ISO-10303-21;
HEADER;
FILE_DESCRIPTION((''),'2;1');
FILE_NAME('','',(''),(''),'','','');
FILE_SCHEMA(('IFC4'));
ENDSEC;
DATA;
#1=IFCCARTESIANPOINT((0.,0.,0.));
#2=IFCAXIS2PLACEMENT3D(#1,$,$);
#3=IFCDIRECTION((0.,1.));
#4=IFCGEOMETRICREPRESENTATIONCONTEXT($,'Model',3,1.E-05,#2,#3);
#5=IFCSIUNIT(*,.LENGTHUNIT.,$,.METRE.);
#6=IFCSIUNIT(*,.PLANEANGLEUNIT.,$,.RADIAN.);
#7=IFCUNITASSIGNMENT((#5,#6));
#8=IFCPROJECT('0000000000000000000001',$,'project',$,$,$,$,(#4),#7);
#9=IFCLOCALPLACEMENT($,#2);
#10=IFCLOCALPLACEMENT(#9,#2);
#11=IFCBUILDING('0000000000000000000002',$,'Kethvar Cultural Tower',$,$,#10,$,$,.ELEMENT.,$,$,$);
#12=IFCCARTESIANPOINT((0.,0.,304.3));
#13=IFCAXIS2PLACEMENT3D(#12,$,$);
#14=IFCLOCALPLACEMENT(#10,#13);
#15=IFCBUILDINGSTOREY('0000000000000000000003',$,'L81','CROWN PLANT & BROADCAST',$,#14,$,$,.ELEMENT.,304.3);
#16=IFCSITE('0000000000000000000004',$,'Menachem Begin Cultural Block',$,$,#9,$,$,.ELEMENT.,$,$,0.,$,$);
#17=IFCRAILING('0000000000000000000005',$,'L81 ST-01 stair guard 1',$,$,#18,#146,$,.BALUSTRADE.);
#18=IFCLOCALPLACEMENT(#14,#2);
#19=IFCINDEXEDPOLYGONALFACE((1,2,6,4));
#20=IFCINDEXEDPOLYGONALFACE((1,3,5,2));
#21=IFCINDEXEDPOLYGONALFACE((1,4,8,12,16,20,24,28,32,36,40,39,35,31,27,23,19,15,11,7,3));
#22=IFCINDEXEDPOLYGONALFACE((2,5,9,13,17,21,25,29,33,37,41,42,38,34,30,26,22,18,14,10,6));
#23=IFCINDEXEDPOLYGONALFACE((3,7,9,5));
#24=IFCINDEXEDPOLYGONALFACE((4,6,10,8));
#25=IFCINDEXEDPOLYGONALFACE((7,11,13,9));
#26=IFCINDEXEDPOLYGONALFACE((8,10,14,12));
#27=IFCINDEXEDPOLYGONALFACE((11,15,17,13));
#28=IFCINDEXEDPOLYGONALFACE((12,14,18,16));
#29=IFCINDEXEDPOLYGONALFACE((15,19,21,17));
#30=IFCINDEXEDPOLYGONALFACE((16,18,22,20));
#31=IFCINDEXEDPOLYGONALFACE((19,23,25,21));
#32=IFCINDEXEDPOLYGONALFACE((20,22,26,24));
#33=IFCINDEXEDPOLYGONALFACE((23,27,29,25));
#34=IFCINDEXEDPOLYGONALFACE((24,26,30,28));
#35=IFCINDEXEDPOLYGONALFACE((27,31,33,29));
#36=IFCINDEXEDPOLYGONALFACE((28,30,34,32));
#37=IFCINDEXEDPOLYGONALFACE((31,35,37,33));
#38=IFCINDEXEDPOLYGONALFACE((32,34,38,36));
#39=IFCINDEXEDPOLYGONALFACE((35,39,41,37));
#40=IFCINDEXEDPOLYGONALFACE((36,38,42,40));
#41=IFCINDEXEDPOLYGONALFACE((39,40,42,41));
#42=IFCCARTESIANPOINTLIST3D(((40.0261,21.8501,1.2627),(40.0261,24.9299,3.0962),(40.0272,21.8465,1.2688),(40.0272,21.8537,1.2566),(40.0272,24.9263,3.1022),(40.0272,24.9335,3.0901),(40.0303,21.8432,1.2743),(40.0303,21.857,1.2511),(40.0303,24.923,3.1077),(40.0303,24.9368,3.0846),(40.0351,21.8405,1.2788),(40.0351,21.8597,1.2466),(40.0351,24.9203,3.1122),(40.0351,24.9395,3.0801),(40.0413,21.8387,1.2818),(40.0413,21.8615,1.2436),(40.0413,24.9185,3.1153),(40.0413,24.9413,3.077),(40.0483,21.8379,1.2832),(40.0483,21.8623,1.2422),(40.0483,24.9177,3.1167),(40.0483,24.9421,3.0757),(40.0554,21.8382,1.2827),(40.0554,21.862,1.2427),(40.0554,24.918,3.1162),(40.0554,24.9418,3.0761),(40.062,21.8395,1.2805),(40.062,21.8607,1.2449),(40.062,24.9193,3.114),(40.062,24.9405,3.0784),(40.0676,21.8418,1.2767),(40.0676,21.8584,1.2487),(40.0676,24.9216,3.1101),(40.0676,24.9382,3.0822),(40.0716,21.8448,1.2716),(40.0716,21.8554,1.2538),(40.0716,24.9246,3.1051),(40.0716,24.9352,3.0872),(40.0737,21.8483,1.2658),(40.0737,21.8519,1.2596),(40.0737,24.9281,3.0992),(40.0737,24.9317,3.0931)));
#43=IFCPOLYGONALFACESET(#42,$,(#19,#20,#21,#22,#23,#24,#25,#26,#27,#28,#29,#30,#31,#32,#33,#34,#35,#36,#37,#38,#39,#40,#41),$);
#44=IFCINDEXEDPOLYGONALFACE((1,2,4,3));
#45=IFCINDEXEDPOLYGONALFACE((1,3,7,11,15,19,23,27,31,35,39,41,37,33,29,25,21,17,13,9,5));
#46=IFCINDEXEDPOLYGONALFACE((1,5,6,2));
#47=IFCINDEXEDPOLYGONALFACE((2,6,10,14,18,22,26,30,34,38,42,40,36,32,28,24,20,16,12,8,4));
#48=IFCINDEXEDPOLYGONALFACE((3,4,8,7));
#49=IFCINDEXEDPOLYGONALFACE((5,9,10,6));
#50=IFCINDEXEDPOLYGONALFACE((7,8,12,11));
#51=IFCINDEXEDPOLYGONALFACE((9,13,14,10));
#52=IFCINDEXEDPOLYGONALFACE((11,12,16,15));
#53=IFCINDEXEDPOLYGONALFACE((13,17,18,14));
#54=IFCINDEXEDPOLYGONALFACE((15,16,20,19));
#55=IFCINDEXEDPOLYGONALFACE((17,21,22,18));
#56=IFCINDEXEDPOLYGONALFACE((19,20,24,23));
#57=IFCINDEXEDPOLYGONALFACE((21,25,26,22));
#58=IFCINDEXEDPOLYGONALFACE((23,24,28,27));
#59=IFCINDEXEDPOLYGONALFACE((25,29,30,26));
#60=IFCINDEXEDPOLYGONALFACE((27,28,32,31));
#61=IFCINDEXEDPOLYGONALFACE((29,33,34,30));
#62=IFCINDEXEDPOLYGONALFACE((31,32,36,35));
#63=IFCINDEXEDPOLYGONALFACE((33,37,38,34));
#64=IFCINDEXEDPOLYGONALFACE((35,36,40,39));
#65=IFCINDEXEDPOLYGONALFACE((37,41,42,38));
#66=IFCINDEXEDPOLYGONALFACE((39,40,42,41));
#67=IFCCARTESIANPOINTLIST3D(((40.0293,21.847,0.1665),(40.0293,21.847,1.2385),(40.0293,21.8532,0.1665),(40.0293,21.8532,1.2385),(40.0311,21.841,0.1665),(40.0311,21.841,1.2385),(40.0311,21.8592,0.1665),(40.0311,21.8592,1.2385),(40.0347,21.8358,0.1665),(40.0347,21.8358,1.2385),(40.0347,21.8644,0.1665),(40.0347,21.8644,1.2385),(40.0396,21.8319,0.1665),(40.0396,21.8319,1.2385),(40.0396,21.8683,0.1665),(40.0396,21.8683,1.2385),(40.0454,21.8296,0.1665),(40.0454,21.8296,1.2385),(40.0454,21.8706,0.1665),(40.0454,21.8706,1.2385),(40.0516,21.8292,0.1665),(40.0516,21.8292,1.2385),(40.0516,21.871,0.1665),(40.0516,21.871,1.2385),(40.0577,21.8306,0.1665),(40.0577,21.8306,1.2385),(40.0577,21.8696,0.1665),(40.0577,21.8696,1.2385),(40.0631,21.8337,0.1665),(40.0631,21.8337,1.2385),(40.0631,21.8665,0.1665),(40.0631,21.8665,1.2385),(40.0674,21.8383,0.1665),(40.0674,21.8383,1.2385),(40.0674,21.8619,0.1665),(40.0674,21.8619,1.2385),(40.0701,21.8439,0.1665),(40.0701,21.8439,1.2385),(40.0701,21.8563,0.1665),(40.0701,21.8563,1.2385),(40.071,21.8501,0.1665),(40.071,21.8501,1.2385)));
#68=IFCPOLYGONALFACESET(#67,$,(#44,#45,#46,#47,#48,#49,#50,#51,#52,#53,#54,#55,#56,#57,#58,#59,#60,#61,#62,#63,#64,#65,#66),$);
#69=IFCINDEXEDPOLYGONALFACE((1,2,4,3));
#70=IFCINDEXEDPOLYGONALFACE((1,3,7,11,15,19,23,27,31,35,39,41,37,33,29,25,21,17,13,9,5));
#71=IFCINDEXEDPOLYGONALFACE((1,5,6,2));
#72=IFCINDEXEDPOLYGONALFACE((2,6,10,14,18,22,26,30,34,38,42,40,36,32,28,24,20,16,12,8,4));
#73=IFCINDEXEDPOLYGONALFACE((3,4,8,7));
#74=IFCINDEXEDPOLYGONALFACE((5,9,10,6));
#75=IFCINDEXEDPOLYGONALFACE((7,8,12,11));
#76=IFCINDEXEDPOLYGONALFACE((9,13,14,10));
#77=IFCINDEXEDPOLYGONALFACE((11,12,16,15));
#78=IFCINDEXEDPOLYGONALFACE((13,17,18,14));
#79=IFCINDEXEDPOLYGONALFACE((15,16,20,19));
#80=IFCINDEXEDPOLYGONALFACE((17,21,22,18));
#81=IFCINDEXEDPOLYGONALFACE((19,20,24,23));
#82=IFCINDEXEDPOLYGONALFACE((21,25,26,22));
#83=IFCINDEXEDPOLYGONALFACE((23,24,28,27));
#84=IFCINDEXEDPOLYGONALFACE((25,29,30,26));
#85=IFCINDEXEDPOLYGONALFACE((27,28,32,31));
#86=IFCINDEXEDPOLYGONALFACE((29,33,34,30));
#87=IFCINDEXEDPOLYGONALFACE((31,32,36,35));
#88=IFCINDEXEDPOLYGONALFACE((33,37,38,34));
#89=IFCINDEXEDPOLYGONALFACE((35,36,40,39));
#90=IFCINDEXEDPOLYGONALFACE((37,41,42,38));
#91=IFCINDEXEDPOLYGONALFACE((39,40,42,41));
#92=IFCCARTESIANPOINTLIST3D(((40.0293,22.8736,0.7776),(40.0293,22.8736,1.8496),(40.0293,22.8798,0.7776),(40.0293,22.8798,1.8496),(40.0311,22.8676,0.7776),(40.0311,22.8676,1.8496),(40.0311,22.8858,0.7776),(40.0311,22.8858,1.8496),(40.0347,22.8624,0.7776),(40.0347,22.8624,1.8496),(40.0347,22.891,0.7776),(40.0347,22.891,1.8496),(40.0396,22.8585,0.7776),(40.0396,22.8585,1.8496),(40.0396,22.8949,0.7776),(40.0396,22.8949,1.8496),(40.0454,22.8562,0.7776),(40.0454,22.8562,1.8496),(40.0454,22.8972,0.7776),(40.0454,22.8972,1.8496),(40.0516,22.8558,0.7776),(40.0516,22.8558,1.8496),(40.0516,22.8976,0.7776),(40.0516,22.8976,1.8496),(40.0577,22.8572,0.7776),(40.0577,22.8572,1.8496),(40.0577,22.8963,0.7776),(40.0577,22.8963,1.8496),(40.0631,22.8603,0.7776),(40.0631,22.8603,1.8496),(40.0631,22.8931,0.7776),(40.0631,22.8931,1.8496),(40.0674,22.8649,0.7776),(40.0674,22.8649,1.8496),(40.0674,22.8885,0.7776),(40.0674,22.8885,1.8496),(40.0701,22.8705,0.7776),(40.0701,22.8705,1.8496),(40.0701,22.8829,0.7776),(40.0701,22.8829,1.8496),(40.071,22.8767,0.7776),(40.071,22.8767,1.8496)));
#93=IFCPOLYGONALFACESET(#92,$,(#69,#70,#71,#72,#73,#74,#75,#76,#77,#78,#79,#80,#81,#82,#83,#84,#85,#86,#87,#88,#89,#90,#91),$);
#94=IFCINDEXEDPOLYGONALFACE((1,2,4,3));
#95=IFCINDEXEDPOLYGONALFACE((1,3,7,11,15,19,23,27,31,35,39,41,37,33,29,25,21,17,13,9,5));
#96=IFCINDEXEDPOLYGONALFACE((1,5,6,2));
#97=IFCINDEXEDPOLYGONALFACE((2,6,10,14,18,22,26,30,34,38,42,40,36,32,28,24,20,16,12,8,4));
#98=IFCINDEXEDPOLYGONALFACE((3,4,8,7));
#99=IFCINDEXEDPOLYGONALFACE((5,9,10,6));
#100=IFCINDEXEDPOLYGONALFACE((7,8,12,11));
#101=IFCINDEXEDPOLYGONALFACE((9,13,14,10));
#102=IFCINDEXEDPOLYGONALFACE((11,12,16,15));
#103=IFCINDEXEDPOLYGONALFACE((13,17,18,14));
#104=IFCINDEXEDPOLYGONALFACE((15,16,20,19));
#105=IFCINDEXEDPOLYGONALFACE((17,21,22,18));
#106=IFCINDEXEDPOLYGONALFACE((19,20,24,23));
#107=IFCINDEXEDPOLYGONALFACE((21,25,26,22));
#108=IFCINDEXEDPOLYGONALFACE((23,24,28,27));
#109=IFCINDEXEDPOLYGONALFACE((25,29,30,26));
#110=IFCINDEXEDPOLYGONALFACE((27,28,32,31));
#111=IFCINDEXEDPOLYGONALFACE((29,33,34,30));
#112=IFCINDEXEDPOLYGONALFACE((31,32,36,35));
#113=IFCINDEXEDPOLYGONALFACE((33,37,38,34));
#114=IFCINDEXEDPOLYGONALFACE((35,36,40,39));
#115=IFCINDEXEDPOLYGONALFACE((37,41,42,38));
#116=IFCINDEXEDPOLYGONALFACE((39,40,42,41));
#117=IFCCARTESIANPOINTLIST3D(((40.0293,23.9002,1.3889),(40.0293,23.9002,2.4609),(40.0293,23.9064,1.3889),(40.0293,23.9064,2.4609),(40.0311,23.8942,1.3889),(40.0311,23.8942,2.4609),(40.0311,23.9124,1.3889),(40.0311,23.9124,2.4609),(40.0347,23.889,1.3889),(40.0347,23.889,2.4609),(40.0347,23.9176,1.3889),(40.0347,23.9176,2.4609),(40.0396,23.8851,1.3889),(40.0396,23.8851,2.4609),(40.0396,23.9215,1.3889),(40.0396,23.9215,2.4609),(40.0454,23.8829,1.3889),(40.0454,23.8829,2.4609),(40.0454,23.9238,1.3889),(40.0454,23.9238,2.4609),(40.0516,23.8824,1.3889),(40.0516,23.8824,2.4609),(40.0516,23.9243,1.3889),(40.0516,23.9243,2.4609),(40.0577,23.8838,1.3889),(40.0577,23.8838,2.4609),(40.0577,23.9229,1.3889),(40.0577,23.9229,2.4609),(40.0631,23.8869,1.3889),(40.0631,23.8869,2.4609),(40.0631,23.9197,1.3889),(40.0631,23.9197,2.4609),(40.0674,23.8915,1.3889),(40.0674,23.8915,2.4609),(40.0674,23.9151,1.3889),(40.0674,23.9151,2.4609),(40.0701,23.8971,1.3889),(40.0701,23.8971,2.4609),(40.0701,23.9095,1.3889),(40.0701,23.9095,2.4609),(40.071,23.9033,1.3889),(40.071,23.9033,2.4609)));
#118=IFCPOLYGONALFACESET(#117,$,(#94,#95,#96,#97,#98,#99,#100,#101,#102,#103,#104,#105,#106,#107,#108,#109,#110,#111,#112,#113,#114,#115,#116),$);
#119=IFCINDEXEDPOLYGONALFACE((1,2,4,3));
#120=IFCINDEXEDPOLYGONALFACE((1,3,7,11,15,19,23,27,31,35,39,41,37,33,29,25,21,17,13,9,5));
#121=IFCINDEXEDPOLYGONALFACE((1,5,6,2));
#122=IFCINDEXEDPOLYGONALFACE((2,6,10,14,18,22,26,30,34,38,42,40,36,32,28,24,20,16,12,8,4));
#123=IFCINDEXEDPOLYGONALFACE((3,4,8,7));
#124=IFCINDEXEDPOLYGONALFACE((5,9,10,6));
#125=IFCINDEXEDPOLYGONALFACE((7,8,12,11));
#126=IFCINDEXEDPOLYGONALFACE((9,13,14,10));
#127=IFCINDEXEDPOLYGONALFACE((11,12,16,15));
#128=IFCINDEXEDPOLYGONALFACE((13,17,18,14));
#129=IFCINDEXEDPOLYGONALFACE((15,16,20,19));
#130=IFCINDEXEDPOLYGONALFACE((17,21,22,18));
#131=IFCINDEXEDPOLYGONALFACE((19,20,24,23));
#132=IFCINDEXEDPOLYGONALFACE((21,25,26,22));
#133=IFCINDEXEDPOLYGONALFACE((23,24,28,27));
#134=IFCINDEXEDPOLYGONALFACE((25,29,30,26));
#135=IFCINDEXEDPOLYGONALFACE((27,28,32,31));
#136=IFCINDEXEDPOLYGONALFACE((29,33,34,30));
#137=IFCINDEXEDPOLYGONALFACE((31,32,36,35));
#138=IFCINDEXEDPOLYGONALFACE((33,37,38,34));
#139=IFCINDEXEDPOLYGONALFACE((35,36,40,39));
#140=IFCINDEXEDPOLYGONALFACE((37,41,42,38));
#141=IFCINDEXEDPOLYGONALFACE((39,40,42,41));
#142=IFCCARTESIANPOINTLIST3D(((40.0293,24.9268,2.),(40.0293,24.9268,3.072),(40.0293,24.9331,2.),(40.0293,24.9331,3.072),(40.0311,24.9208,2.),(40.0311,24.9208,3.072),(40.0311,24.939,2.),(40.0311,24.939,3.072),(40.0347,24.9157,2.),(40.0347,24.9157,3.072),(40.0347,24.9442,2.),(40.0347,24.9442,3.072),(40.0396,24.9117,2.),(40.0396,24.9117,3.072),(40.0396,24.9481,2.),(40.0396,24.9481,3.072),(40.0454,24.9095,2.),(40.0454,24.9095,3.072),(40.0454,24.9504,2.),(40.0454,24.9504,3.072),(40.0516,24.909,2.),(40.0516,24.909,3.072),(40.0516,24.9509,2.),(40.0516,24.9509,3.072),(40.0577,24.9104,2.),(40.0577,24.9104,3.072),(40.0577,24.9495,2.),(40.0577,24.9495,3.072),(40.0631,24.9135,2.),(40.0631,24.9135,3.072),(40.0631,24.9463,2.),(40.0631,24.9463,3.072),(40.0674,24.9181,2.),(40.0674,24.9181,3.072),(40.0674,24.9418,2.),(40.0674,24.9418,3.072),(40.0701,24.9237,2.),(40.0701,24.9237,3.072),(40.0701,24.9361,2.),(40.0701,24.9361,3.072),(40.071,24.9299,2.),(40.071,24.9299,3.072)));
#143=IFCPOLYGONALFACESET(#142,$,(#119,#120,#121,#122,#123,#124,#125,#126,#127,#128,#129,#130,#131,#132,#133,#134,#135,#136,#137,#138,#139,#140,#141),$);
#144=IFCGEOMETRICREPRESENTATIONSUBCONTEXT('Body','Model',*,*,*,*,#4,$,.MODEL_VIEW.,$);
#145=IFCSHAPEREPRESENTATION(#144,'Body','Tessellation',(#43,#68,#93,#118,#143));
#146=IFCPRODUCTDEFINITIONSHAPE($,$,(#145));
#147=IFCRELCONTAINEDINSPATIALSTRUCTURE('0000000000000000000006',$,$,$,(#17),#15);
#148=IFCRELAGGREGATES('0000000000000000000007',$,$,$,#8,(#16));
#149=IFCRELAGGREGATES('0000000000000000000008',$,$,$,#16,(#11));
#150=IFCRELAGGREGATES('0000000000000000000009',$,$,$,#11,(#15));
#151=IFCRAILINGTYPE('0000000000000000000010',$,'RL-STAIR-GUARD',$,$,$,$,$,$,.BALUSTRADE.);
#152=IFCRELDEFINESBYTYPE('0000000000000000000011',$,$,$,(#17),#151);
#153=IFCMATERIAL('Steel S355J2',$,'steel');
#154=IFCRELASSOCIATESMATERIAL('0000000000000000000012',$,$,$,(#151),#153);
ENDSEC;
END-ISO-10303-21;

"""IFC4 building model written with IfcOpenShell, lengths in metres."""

from ifc_helpers import new_model, si_unit, direction, frame, origin, origin_2d, place, context, subcontext, project, spatial, circle, extrude, material, type_object, element, save


model = new_model("IFC4")

# Units and contexts
model_context = context("Model", 3, precision=1e-05, world=origin(), true_north=direction((0.0, 1.0)))
body_context = subcontext(model_context, "Body", "Model", "MODEL_VIEW")
ifc_project = project(units=[si_unit("LENGTHUNIT", "METRE"), si_unit("PLANEANGLEUNIT", "RADIAN")], contexts=[model_context])

# Site, building, storey
site_placement = place(None, origin())
site = spatial("IfcSite", under=ifc_project, at=site_placement, Name="Menachem Begin Cultural Block", CompositionType="ELEMENT", RefElevation=0.0)
building_placement = place(site_placement, origin())
building = spatial("IfcBuilding", under=site, at=building_placement, Name="Kethvar Cultural Tower", CompositionType="ELEMENT")
storey_placement = place(building_placement, frame((0.0, 0.0, 304.3)))
storey = spatial("IfcBuildingStorey", under=building, at=storey_placement, Name="L81", Description="CROWN PLANT & BROADCAST", CompositionType="ELEMENT", Elevation=304.3)

# Shared definitions
ifc_material_1 = material(Name="Steel S355J2", Category="steel")

# Railing
railing_type_1 = type_object("IfcRailingType", Name="RL-STAIR-GUARD", PredefinedType="BALUSTRADE", material=ifc_material_1)
railing_1_placement = place(storey_placement, frame((40.05, 21.8501, 0.1665)))
element("IfcRailing", 1, at=railing_1_placement, inside=storey, type_object=railing_type_1, Name="L81 ST-01 stair guard 1", PredefinedType="BALUSTRADE", context=body_context, shape_type="SweptSolid", body=[
    extrude(circle(Radius=0.0239, at=origin_2d()), frame((0.0, 0.0, 1.0962), z_axis=(0.0, 0.859261, 0.511538), x_axis=(-1.0, 0.0, 0.0)), (0.0, 0.0, 1.0), 3.5842),
    extrude(circle(Radius=0.021, at=origin_2d()), origin(), (0.0, 0.0, 1.0), 1.072),
    extrude(circle(Radius=0.021, at=origin_2d()), frame((0.0, 1.0266, 0.6111)), (0.0, 0.0, 1.0), 1.072),
    extrude(circle(Radius=0.021, at=origin_2d()), frame((0.0, 2.0532, 1.2224)), (0.0, 0.0, 1.0), 1.072),
    extrude(circle(Radius=0.021, at=origin_2d()), frame((0.0, 3.0798, 1.8335)), (0.0, 0.0, 1.0), 1.072),
])

save(model, "model.ifc")
